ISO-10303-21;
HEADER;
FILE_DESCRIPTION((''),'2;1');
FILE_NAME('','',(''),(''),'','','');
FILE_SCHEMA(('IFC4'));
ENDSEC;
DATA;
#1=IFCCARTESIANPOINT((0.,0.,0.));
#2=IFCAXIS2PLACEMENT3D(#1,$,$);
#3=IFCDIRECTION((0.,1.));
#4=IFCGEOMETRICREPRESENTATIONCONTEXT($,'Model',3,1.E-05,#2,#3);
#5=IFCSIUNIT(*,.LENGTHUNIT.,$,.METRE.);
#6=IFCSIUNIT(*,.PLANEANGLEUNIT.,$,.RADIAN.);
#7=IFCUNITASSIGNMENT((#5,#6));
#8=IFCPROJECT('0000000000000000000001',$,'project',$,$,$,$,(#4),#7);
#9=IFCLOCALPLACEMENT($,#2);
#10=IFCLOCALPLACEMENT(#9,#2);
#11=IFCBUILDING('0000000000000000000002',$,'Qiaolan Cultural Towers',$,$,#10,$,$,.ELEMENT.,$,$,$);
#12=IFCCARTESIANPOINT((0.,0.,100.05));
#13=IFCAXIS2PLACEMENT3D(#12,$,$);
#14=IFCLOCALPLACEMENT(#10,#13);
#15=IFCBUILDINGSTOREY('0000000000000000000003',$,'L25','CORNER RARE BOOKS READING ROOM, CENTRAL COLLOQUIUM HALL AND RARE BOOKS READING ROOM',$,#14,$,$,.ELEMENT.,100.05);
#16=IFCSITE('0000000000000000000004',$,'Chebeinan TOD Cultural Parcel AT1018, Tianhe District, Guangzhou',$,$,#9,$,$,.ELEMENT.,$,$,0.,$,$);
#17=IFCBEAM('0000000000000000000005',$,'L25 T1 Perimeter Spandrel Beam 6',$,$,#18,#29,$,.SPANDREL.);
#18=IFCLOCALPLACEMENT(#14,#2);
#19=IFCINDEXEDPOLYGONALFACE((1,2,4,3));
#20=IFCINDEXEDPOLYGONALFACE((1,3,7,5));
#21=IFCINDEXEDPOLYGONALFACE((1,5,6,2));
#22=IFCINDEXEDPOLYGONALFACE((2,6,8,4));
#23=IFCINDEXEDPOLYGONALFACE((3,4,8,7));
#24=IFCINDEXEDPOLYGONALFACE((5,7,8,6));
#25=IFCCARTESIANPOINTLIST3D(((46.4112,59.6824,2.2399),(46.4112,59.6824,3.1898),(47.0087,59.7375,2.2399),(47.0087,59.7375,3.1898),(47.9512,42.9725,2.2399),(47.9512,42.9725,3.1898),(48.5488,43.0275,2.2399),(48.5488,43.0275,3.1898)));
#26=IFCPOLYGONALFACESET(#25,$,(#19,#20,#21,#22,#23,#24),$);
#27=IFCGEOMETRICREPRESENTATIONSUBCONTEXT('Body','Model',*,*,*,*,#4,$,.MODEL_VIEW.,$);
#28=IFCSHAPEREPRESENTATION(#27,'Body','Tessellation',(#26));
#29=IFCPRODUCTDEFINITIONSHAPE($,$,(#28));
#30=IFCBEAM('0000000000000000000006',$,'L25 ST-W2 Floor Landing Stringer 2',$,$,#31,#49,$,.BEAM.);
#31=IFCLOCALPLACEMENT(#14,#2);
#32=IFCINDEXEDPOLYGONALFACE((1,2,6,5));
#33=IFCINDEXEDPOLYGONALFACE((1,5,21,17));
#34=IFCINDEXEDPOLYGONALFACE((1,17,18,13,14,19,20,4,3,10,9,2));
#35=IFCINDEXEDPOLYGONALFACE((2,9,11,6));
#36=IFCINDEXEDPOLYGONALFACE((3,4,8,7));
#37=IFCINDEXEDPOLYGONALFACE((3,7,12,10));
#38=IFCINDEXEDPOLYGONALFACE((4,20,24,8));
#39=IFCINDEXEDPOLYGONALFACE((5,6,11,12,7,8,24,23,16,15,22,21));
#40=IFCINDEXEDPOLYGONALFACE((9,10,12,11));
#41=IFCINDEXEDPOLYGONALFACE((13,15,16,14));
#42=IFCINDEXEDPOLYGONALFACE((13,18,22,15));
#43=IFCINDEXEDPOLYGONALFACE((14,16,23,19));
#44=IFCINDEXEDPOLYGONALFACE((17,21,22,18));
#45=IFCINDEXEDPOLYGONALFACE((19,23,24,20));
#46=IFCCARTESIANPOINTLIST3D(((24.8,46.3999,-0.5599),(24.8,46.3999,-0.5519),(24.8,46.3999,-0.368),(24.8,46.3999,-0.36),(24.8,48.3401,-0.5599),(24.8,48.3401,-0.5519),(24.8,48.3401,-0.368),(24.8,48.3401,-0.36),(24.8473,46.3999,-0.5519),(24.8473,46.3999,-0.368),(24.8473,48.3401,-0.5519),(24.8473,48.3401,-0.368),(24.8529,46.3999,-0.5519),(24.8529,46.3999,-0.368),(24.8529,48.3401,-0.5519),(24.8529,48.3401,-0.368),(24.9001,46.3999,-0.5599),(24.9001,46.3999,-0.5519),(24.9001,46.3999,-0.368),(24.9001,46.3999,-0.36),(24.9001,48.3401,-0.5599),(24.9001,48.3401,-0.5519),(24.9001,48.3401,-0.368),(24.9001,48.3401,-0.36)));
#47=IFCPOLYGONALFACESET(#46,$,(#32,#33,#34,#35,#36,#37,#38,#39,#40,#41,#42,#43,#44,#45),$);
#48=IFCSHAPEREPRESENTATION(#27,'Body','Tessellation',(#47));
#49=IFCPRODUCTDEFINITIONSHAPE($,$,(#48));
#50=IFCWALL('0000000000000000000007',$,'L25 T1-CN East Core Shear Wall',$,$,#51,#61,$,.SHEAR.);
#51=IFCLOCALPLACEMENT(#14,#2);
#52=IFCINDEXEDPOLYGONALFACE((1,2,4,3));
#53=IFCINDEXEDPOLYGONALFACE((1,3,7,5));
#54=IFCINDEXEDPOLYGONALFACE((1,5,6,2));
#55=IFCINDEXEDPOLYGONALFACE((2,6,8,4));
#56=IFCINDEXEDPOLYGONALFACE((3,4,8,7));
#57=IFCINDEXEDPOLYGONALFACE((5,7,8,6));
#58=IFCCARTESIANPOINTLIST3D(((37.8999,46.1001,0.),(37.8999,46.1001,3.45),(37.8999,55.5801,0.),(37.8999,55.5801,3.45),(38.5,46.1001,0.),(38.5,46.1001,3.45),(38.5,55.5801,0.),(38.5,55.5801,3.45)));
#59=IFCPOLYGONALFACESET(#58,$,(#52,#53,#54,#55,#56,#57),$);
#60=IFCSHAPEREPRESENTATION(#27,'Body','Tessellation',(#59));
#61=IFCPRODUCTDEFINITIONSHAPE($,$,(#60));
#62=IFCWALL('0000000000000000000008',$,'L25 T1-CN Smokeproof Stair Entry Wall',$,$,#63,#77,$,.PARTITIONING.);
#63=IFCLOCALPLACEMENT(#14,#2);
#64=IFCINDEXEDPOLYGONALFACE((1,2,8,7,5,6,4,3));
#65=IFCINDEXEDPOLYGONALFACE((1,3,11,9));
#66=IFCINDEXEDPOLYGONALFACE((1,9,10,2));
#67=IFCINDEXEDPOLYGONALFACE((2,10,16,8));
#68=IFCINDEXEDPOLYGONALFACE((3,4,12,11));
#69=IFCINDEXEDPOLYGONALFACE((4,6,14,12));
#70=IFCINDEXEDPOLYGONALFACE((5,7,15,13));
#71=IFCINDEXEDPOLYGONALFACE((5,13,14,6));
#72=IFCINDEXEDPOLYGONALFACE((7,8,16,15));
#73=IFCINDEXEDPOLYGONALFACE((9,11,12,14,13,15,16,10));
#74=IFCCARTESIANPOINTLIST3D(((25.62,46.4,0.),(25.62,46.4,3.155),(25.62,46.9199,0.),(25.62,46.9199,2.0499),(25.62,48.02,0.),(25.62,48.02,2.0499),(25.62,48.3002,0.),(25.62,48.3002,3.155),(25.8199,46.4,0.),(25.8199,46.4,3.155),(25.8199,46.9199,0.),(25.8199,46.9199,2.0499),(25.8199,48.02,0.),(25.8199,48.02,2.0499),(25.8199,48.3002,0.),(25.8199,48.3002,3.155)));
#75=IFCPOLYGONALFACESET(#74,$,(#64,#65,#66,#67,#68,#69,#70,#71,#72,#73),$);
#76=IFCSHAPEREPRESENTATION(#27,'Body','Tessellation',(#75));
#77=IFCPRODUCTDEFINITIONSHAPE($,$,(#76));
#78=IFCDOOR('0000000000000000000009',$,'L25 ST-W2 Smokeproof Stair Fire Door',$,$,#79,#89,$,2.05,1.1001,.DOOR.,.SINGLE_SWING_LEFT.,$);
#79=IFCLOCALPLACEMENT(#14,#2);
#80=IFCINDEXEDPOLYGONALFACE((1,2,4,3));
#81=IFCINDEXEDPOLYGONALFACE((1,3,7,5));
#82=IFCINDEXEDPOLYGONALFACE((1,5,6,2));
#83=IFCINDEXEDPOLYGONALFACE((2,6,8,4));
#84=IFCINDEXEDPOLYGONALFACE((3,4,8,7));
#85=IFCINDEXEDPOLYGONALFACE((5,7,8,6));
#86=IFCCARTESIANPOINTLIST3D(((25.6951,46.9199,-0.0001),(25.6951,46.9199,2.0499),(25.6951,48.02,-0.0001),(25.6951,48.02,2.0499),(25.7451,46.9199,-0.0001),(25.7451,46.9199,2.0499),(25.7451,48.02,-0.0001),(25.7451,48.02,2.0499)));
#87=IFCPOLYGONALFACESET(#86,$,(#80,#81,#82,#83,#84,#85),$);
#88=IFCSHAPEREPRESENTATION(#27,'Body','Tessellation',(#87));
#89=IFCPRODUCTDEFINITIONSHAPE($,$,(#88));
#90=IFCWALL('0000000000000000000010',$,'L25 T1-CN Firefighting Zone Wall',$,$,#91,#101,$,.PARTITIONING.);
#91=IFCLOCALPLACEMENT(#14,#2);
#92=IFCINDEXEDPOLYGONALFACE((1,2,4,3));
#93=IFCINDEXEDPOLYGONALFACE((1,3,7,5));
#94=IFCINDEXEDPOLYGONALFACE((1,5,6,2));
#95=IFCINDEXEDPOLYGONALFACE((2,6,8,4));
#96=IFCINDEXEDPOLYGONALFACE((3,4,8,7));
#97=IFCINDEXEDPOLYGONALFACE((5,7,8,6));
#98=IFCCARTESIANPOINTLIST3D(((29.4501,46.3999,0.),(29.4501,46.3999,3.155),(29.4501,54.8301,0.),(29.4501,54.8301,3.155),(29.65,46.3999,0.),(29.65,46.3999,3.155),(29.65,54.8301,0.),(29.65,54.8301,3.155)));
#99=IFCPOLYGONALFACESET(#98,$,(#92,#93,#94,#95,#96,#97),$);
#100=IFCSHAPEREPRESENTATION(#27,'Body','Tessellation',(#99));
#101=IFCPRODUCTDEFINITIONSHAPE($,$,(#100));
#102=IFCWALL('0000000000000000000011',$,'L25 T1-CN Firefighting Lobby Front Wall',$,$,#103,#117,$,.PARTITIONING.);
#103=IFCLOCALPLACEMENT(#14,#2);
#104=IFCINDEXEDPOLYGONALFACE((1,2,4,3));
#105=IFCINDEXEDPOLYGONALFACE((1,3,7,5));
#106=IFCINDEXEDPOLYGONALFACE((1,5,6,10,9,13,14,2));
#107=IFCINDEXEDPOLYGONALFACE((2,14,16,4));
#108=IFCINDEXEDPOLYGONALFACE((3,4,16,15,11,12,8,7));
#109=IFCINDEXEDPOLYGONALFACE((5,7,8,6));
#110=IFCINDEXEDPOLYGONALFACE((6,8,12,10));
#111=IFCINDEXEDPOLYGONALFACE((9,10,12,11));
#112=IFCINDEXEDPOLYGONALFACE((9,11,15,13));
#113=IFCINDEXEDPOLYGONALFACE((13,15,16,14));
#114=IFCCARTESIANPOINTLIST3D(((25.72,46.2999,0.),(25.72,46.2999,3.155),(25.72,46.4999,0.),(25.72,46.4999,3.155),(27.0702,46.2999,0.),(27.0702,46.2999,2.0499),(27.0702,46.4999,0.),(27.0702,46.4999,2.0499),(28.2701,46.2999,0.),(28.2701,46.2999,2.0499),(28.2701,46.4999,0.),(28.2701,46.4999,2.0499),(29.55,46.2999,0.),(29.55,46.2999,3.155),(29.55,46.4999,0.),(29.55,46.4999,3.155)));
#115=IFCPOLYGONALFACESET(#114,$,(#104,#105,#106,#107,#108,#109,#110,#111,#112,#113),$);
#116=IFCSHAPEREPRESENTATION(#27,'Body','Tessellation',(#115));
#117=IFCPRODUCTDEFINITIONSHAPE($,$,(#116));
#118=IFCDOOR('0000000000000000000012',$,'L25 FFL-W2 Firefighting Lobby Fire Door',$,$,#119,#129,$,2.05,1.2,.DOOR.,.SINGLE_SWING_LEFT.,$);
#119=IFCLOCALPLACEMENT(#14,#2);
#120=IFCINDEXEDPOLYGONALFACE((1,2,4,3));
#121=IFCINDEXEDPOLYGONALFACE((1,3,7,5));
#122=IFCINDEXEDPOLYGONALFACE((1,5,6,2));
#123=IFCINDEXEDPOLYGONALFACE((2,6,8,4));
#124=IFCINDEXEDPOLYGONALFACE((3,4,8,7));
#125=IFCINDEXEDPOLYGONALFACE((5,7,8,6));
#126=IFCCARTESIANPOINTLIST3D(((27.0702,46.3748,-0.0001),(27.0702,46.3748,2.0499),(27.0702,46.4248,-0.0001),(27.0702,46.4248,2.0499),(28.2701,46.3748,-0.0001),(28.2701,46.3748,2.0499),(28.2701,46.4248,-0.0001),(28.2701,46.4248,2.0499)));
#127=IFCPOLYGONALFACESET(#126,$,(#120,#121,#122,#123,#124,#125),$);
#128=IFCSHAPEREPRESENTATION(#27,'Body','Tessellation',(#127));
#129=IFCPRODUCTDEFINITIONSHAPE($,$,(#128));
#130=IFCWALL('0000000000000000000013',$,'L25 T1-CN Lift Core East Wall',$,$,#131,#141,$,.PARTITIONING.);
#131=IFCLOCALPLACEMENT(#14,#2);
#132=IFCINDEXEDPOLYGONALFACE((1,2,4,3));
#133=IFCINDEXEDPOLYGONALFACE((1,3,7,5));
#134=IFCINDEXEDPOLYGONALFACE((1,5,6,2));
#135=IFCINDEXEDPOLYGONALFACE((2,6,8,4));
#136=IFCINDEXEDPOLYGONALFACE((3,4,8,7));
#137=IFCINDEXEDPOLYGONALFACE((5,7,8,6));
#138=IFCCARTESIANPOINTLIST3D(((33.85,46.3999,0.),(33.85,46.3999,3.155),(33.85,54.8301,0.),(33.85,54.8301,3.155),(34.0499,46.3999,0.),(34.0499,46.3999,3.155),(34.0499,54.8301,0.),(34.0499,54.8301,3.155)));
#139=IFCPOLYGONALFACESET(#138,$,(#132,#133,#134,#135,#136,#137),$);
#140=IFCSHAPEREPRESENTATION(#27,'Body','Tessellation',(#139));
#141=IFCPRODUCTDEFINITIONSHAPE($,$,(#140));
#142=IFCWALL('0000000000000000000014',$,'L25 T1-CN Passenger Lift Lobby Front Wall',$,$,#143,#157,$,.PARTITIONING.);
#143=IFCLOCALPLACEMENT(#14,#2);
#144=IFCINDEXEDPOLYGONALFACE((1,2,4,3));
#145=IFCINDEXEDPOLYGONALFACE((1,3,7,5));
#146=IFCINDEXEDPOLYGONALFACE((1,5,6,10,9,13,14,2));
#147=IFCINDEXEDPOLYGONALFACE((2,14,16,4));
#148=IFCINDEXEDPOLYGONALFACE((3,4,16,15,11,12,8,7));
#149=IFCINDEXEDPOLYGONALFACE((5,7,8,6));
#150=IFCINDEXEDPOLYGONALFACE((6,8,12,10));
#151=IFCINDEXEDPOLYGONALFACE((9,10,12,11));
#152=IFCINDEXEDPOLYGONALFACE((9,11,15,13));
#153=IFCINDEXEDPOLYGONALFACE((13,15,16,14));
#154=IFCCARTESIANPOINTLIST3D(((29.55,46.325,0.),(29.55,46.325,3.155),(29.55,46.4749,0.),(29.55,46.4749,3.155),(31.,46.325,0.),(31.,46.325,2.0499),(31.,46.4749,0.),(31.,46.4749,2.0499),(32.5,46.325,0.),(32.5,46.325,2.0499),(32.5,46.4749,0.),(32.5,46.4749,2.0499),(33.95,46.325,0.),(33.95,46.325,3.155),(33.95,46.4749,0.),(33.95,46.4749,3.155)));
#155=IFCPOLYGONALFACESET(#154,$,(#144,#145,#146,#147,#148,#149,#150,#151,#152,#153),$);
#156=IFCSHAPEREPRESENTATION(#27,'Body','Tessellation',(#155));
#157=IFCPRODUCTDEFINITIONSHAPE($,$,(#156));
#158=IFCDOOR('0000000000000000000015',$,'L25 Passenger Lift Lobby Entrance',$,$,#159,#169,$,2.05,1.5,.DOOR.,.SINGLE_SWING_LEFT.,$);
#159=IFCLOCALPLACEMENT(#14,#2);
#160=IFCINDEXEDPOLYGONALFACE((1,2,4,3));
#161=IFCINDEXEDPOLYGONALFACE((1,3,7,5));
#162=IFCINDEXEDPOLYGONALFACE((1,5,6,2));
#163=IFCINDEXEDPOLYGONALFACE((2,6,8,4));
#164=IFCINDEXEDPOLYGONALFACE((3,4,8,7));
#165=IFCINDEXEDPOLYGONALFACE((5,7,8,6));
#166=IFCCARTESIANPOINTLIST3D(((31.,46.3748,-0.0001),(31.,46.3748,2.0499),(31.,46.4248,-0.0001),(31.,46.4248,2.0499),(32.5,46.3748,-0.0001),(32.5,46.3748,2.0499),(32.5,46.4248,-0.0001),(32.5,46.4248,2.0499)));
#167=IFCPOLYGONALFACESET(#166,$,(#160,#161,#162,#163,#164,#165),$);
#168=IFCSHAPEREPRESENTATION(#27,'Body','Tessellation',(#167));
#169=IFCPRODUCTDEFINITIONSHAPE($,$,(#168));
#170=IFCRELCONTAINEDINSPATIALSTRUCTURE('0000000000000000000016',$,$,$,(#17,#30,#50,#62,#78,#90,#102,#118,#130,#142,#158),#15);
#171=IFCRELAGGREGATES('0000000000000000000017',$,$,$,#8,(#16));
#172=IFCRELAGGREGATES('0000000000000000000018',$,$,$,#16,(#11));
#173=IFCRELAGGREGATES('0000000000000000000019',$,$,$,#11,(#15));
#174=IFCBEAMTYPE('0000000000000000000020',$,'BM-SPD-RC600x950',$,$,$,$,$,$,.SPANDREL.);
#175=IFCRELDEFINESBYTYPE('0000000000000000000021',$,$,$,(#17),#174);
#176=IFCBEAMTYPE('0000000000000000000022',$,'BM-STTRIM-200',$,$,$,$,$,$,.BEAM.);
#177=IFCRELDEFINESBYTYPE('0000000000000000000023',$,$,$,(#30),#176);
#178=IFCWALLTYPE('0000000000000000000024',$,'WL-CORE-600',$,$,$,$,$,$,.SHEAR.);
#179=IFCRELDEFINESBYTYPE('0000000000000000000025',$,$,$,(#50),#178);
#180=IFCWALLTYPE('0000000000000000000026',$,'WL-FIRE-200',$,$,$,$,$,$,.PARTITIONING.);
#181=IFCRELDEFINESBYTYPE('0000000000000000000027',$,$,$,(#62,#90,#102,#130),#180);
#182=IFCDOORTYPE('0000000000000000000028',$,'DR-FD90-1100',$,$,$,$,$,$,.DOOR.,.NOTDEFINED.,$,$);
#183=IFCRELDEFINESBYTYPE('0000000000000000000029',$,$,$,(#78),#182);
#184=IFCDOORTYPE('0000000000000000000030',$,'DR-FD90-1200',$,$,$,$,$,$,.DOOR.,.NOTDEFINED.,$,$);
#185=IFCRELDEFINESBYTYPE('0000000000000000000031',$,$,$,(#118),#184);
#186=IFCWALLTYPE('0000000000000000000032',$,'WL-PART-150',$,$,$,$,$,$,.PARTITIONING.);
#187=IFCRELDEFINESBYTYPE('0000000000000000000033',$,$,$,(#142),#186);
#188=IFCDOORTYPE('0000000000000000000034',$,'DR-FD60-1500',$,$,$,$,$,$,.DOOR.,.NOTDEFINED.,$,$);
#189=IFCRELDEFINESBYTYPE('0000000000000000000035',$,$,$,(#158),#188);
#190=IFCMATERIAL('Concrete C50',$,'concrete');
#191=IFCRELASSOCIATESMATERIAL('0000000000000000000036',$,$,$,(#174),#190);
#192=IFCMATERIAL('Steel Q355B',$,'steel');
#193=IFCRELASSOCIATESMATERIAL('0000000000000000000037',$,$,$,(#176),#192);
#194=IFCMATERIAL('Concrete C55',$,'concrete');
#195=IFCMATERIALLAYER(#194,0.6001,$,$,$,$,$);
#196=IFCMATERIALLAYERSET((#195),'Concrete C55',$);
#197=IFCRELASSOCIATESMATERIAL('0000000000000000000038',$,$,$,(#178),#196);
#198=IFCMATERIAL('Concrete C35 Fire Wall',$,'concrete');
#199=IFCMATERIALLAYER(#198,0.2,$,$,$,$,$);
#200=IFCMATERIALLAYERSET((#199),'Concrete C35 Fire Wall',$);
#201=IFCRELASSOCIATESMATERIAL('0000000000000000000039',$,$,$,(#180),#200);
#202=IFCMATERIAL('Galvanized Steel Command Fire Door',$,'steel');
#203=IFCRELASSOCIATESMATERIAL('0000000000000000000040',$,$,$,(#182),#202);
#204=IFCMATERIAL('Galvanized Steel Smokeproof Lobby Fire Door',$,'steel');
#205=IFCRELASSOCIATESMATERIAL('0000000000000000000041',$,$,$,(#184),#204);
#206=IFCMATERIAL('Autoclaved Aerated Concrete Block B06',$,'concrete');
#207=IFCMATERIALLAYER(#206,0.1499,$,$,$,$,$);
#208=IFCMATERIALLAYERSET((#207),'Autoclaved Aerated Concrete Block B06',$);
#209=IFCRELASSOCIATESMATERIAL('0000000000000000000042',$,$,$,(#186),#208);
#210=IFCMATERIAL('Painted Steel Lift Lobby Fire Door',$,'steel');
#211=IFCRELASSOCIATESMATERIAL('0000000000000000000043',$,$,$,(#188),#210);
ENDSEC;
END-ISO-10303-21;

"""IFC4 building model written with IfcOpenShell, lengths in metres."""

from ifc_helpers import new_model, si_unit, direction, frame, frame_2d, origin, origin_2d, place, context, subcontext, project, spatial, rectangle, i_section, extrude, material, layer, layer_set, material_profile, profile_set, type_object, element, fill, save


model = new_model("IFC4")

# Units and contexts
model_context = context("Model", 3, precision=1e-05, world=origin(), true_north=direction((0.0, 1.0)))
body_context = subcontext(model_context, "Body", "Model", "MODEL_VIEW")
ifc_project = project(units=[si_unit("LENGTHUNIT", "METRE"), si_unit("PLANEANGLEUNIT", "RADIAN")], contexts=[model_context])

# Site, building, storey
site_placement = place(None, origin())
site = spatial("IfcSite", under=ifc_project, at=site_placement, Name="Chebeinan TOD Cultural Parcel AT1018, Tianhe District, Guangzhou", CompositionType="ELEMENT", RefElevation=0.0)
building_placement = place(site_placement, origin())
building = spatial("IfcBuilding", under=site, at=building_placement, Name="Qiaolan Cultural Towers", CompositionType="ELEMENT")
storey_placement = place(building_placement, frame((0.0, 0.0, 100.05)))
storey = spatial("IfcBuildingStorey", under=building, at=storey_placement, Name="L25", Description="CORNER RARE BOOKS READING ROOM, CENTRAL COLLOQUIUM HALL AND RARE BOOKS READING ROOM", CompositionType="ELEMENT", Elevation=100.05)

# Beams
ifc_material_1 = material(Name="Concrete C50", Category="concrete")
ifc_material_profile_1 = material_profile(ifc_material_1, rectangle(XDim=0.6001, YDim=0.95, at=origin_2d()), Name="RC600x950")
ifc_profile_set_1 = profile_set([ifc_material_profile_1], Name="Concrete C50")
beam_type_1 = type_object("IfcBeamType", Name="BM-SPD-RC600x950", PredefinedType="SPANDREL", material=ifc_profile_set_1)
beam_1_placement = place(storey_placement, frame((48.25, 43.0, 2.7148), z_axis=(-0.091774, 0.99578, 0.0), x_axis=(-0.99578, -0.091774, 0.0)))
element("IfcBeam", 1, at=beam_1_placement, inside=storey, type_object=beam_type_1, Name="L25 T1 Perimeter Spandrel Beam 6", PredefinedType="SPANDREL", context=body_context, shape_type="SweptSolid", body=[
    extrude(rectangle(XDim=0.6001, YDim=0.95, at=origin_2d()), origin(), (0.0, 0.0, 1.0), 16.7808),
])
ifc_material_2 = material(Name="Steel Q355B", Category="steel")
ifc_material_profile_2 = material_profile(ifc_material_2, i_section(OverallWidth=0.1001, OverallDepth=0.2, WebThickness=0.0056, FlangeThickness=0.0081, at=origin_2d()), Name="HN200x100x5.5x8")
ifc_profile_set_2 = profile_set([ifc_material_profile_2], Name="Steel Q355B")
beam_type_2 = type_object("IfcBeamType", Name="BM-STTRIM-200", PredefinedType="BEAM", material=ifc_profile_set_2)
beam_2_placement = place(storey_placement, frame((24.8501, 46.3999, -0.46), z_axis=(0.0, 1.0, 0.0), x_axis=(-1.0, 0.0, 0.0)))
element("IfcBeam", 2, at=beam_2_placement, inside=storey, type_object=beam_type_2, Name="L25 ST-W2 Floor Landing Stringer 2", PredefinedType="BEAM", context=body_context, shape_type="SweptSolid", body=[
    extrude(i_section(OverallWidth=0.1001, OverallDepth=0.2, WebThickness=0.0056, FlangeThickness=0.0081, at=origin_2d()), origin(), (0.0, 0.0, 1.0), 1.9402),
])

# Wall
ifc_material_3 = material(Name="Concrete C55", Category="concrete")
ifc_layer_1 = layer(ifc_material_3, 0.6001)
ifc_layer_set_1 = layer_set([ifc_layer_1], Name="Concrete C55")
wall_type_1 = type_object("IfcWallType", Name="WL-CORE-600", PredefinedType="SHEAR", material=ifc_layer_set_1)
wall_1_placement = place(storey_placement, frame((38.2, 46.1001, 0.0), z_axis=(0.0, 0.0, 1.0), x_axis=(0.0, 1.0, 0.0)))
element("IfcWall", 3, at=wall_1_placement, inside=storey, type_object=wall_type_1, Name="L25 T1-CN East Core Shear Wall", PredefinedType="SHEAR", context=body_context, shape_type="SweptSolid", body=[
    extrude(rectangle(XDim=9.48, YDim=0.6001, at=frame_2d((4.74, 0.0))), origin(), (0.0, 0.0, 1.0), 3.45),
])

# Wall, opening, door
ifc_material_4 = material(Name="Concrete C35 Fire Wall", Category="concrete")
ifc_layer_2 = layer(ifc_material_4, 0.2)
ifc_layer_set_2 = layer_set([ifc_layer_2], Name="Concrete C35 Fire Wall")
wall_type_2 = type_object("IfcWallType", Name="WL-FIRE-200", PredefinedType="PARTITIONING", material=ifc_layer_set_2)
wall_2_placement = place(storey_placement, frame((25.72, 46.3999, 0.0), z_axis=(0.0, 0.0, 1.0), x_axis=(0.0, 1.0, 0.0)))
wall_2 = element("IfcWall", 4, at=wall_2_placement, inside=storey, type_object=wall_type_2, Name="L25 T1-CN Smokeproof Stair Entry Wall", PredefinedType="PARTITIONING", context=body_context, shape_type="SweptSolid", body=[
    extrude(rectangle(XDim=1.9001, YDim=0.2, at=frame_2d((0.9502, 0.0))), origin(), (0.0, 0.0, 1.0), 3.155),
])
opening_1_placement = place(wall_2_placement, frame((0.52, 0.0, 0.0)))
opening_1 = element("IfcOpeningElement", 5, at=opening_1_placement, cuts=wall_2, PredefinedType="OPENING", context=body_context, shape_type="SweptSolid", body=[
    extrude(rectangle(XDim=1.1001, YDim=2.05, at=frame_2d((0.55, 1.0249))), frame((0.0, 0.1099, 0.0), z_axis=(0.0, -1.0, 0.0), x_axis=(1.0, 0.0, 0.0)), (0.0, 0.0, 1.0), 0.22),
])
ifc_material_5 = material(Name="Galvanized Steel Command Fire Door", Category="steel")
door_type_1 = type_object("IfcDoorType", Name="DR-FD90-1100", OperationType="NOTDEFINED", PredefinedType="DOOR", material=ifc_material_5)
door_1_placement = place(opening_1_placement, origin())
door_1 = element("IfcDoor", 6, at=door_1_placement, inside=storey, type_object=door_type_1, Name="L25 ST-W2 Smokeproof Stair Fire Door", OperationType="SINGLE_SWING_LEFT", OverallHeight=2.05, OverallWidth=1.1001, PredefinedType="DOOR", context=body_context, shape_type="SweptSolid", body=[
    extrude(rectangle(XDim=1.1001, YDim=2.05, at=frame_2d((0.55, 1.0249))), frame((0.0, 0.0249, 0.0), z_axis=(0.0, -1.0, 0.0), x_axis=(1.0, 0.0, 0.0)), (0.0, 0.0, 1.0), 0.05),
])
fill(opening_1, door_1)

# Wall
wall_3_placement = place(storey_placement, frame((29.55, 46.3999, 0.0), z_axis=(0.0, 0.0, 1.0), x_axis=(0.0, 1.0, 0.0)))
element("IfcWall", 7, at=wall_3_placement, inside=storey, type_object=wall_type_2, Name="L25 T1-CN Firefighting Zone Wall", PredefinedType="PARTITIONING", context=body_context, shape_type="SweptSolid", body=[
    extrude(rectangle(XDim=8.4302, YDim=0.2, at=frame_2d((4.2151, 0.0))), origin(), (0.0, 0.0, 1.0), 3.155),
])

# Wall, opening, door
wall_4_placement = place(storey_placement, frame((25.72, 46.3999, 0.0), z_axis=(0.0, 0.0, 1.0), x_axis=(1.0, 0.0, 0.0)))
wall_4 = element("IfcWall", 8, at=wall_4_placement, inside=storey, type_object=wall_type_2, Name="L25 T1-CN Firefighting Lobby Front Wall", PredefinedType="PARTITIONING", context=body_context, shape_type="SweptSolid", body=[
    extrude(rectangle(XDim=3.8301, YDim=0.2, at=frame_2d((1.915, 0.0))), origin(), (0.0, 0.0, 1.0), 3.155),
])
opening_2_placement = place(wall_4_placement, frame((1.3501, 0.0, 0.0)))
opening_2 = element("IfcOpeningElement", 9, at=opening_2_placement, cuts=wall_4, PredefinedType="OPENING", context=body_context, shape_type="SweptSolid", body=[
    extrude(rectangle(XDim=1.2, YDim=2.05, at=frame_2d((0.6001, 1.0249))), frame((0.0, 0.1099, 0.0), z_axis=(0.0, -1.0, 0.0), x_axis=(1.0, 0.0, 0.0)), (0.0, 0.0, 1.0), 0.22),
])
ifc_material_6 = material(Name="Galvanized Steel Smokeproof Lobby Fire Door", Category="steel")
door_type_2 = type_object("IfcDoorType", Name="DR-FD90-1200", OperationType="NOTDEFINED", PredefinedType="DOOR", material=ifc_material_6)
door_2_placement = place(opening_2_placement, origin())
door_2 = element("IfcDoor", 10, at=door_2_placement, inside=storey, type_object=door_type_2, Name="L25 FFL-W2 Firefighting Lobby Fire Door", OperationType="SINGLE_SWING_LEFT", OverallHeight=2.05, OverallWidth=1.2, PredefinedType="DOOR", context=body_context, shape_type="SweptSolid", body=[
    extrude(rectangle(XDim=1.2, YDim=2.05, at=frame_2d((0.6001, 1.0249))), frame((0.0, 0.0249, 0.0), z_axis=(0.0, -1.0, 0.0), x_axis=(1.0, 0.0, 0.0)), (0.0, 0.0, 1.0), 0.05),
])
fill(opening_2, door_2)

# Wall
wall_5_placement = place(storey_placement, frame((33.95, 46.3999, 0.0), z_axis=(0.0, 0.0, 1.0), x_axis=(0.0, 1.0, 0.0)))
element("IfcWall", 11, at=wall_5_placement, inside=storey, type_object=wall_type_2, Name="L25 T1-CN Lift Core East Wall", PredefinedType="PARTITIONING", context=body_context, shape_type="SweptSolid", body=[
    extrude(rectangle(XDim=8.4302, YDim=0.2, at=frame_2d((4.2151, 0.0))), origin(), (0.0, 0.0, 1.0), 3.155),
])

# Wall, opening, door
ifc_material_7 = material(Name="Autoclaved Aerated Concrete Block B06", Category="concrete")
ifc_layer_3 = layer(ifc_material_7, 0.1499)
ifc_layer_set_3 = layer_set([ifc_layer_3], Name="Autoclaved Aerated Concrete Block B06")
wall_type_3 = type_object("IfcWallType", Name="WL-PART-150", PredefinedType="PARTITIONING", material=ifc_layer_set_3)
wall_6_placement = place(storey_placement, frame((29.55, 46.3999, 0.0), z_axis=(0.0, 0.0, 1.0), x_axis=(1.0, 0.0, 0.0)))
wall_6 = element("IfcWall", 12, at=wall_6_placement, inside=storey, type_object=wall_type_3, Name="L25 T1-CN Passenger Lift Lobby Front Wall", PredefinedType="PARTITIONING", context=body_context, shape_type="SweptSolid", body=[
    extrude(rectangle(XDim=4.3999, YDim=0.1499, at=frame_2d((2.2, 0.0))), origin(), (0.0, 0.0, 1.0), 3.155),
])
opening_3_placement = place(wall_6_placement, frame((1.45, 0.0, 0.0)))
opening_3 = element("IfcOpeningElement", 13, at=opening_3_placement, cuts=wall_6, PredefinedType="OPENING", context=body_context, shape_type="SweptSolid", body=[
    extrude(rectangle(XDim=1.5, YDim=2.05, at=frame_2d((0.75, 1.0249))), frame((0.0, 0.085, 0.0), z_axis=(0.0, -1.0, 0.0), x_axis=(1.0, 0.0, 0.0)), (0.0, 0.0, 1.0), 0.1699),
])
ifc_material_8 = material(Name="Painted Steel Lift Lobby Fire Door", Category="steel")
door_type_3 = type_object("IfcDoorType", Name="DR-FD60-1500", OperationType="NOTDEFINED", PredefinedType="DOOR", material=ifc_material_8)
door_3_placement = place(opening_3_placement, origin())
door_3 = element("IfcDoor", 14, at=door_3_placement, inside=storey, type_object=door_type_3, Name="L25 Passenger Lift Lobby Entrance", OperationType="SINGLE_SWING_LEFT", OverallHeight=2.05, OverallWidth=1.5, PredefinedType="DOOR", context=body_context, shape_type="SweptSolid", body=[
    extrude(rectangle(XDim=1.5, YDim=2.05, at=frame_2d((0.75, 1.0249))), frame((0.0, 0.0249, 0.0), z_axis=(0.0, -1.0, 0.0), x_axis=(1.0, 0.0, 0.0)), (0.0, 0.0, 1.0), 0.05),
])
fill(opening_3, door_3)

save(model, "model.ifc")
